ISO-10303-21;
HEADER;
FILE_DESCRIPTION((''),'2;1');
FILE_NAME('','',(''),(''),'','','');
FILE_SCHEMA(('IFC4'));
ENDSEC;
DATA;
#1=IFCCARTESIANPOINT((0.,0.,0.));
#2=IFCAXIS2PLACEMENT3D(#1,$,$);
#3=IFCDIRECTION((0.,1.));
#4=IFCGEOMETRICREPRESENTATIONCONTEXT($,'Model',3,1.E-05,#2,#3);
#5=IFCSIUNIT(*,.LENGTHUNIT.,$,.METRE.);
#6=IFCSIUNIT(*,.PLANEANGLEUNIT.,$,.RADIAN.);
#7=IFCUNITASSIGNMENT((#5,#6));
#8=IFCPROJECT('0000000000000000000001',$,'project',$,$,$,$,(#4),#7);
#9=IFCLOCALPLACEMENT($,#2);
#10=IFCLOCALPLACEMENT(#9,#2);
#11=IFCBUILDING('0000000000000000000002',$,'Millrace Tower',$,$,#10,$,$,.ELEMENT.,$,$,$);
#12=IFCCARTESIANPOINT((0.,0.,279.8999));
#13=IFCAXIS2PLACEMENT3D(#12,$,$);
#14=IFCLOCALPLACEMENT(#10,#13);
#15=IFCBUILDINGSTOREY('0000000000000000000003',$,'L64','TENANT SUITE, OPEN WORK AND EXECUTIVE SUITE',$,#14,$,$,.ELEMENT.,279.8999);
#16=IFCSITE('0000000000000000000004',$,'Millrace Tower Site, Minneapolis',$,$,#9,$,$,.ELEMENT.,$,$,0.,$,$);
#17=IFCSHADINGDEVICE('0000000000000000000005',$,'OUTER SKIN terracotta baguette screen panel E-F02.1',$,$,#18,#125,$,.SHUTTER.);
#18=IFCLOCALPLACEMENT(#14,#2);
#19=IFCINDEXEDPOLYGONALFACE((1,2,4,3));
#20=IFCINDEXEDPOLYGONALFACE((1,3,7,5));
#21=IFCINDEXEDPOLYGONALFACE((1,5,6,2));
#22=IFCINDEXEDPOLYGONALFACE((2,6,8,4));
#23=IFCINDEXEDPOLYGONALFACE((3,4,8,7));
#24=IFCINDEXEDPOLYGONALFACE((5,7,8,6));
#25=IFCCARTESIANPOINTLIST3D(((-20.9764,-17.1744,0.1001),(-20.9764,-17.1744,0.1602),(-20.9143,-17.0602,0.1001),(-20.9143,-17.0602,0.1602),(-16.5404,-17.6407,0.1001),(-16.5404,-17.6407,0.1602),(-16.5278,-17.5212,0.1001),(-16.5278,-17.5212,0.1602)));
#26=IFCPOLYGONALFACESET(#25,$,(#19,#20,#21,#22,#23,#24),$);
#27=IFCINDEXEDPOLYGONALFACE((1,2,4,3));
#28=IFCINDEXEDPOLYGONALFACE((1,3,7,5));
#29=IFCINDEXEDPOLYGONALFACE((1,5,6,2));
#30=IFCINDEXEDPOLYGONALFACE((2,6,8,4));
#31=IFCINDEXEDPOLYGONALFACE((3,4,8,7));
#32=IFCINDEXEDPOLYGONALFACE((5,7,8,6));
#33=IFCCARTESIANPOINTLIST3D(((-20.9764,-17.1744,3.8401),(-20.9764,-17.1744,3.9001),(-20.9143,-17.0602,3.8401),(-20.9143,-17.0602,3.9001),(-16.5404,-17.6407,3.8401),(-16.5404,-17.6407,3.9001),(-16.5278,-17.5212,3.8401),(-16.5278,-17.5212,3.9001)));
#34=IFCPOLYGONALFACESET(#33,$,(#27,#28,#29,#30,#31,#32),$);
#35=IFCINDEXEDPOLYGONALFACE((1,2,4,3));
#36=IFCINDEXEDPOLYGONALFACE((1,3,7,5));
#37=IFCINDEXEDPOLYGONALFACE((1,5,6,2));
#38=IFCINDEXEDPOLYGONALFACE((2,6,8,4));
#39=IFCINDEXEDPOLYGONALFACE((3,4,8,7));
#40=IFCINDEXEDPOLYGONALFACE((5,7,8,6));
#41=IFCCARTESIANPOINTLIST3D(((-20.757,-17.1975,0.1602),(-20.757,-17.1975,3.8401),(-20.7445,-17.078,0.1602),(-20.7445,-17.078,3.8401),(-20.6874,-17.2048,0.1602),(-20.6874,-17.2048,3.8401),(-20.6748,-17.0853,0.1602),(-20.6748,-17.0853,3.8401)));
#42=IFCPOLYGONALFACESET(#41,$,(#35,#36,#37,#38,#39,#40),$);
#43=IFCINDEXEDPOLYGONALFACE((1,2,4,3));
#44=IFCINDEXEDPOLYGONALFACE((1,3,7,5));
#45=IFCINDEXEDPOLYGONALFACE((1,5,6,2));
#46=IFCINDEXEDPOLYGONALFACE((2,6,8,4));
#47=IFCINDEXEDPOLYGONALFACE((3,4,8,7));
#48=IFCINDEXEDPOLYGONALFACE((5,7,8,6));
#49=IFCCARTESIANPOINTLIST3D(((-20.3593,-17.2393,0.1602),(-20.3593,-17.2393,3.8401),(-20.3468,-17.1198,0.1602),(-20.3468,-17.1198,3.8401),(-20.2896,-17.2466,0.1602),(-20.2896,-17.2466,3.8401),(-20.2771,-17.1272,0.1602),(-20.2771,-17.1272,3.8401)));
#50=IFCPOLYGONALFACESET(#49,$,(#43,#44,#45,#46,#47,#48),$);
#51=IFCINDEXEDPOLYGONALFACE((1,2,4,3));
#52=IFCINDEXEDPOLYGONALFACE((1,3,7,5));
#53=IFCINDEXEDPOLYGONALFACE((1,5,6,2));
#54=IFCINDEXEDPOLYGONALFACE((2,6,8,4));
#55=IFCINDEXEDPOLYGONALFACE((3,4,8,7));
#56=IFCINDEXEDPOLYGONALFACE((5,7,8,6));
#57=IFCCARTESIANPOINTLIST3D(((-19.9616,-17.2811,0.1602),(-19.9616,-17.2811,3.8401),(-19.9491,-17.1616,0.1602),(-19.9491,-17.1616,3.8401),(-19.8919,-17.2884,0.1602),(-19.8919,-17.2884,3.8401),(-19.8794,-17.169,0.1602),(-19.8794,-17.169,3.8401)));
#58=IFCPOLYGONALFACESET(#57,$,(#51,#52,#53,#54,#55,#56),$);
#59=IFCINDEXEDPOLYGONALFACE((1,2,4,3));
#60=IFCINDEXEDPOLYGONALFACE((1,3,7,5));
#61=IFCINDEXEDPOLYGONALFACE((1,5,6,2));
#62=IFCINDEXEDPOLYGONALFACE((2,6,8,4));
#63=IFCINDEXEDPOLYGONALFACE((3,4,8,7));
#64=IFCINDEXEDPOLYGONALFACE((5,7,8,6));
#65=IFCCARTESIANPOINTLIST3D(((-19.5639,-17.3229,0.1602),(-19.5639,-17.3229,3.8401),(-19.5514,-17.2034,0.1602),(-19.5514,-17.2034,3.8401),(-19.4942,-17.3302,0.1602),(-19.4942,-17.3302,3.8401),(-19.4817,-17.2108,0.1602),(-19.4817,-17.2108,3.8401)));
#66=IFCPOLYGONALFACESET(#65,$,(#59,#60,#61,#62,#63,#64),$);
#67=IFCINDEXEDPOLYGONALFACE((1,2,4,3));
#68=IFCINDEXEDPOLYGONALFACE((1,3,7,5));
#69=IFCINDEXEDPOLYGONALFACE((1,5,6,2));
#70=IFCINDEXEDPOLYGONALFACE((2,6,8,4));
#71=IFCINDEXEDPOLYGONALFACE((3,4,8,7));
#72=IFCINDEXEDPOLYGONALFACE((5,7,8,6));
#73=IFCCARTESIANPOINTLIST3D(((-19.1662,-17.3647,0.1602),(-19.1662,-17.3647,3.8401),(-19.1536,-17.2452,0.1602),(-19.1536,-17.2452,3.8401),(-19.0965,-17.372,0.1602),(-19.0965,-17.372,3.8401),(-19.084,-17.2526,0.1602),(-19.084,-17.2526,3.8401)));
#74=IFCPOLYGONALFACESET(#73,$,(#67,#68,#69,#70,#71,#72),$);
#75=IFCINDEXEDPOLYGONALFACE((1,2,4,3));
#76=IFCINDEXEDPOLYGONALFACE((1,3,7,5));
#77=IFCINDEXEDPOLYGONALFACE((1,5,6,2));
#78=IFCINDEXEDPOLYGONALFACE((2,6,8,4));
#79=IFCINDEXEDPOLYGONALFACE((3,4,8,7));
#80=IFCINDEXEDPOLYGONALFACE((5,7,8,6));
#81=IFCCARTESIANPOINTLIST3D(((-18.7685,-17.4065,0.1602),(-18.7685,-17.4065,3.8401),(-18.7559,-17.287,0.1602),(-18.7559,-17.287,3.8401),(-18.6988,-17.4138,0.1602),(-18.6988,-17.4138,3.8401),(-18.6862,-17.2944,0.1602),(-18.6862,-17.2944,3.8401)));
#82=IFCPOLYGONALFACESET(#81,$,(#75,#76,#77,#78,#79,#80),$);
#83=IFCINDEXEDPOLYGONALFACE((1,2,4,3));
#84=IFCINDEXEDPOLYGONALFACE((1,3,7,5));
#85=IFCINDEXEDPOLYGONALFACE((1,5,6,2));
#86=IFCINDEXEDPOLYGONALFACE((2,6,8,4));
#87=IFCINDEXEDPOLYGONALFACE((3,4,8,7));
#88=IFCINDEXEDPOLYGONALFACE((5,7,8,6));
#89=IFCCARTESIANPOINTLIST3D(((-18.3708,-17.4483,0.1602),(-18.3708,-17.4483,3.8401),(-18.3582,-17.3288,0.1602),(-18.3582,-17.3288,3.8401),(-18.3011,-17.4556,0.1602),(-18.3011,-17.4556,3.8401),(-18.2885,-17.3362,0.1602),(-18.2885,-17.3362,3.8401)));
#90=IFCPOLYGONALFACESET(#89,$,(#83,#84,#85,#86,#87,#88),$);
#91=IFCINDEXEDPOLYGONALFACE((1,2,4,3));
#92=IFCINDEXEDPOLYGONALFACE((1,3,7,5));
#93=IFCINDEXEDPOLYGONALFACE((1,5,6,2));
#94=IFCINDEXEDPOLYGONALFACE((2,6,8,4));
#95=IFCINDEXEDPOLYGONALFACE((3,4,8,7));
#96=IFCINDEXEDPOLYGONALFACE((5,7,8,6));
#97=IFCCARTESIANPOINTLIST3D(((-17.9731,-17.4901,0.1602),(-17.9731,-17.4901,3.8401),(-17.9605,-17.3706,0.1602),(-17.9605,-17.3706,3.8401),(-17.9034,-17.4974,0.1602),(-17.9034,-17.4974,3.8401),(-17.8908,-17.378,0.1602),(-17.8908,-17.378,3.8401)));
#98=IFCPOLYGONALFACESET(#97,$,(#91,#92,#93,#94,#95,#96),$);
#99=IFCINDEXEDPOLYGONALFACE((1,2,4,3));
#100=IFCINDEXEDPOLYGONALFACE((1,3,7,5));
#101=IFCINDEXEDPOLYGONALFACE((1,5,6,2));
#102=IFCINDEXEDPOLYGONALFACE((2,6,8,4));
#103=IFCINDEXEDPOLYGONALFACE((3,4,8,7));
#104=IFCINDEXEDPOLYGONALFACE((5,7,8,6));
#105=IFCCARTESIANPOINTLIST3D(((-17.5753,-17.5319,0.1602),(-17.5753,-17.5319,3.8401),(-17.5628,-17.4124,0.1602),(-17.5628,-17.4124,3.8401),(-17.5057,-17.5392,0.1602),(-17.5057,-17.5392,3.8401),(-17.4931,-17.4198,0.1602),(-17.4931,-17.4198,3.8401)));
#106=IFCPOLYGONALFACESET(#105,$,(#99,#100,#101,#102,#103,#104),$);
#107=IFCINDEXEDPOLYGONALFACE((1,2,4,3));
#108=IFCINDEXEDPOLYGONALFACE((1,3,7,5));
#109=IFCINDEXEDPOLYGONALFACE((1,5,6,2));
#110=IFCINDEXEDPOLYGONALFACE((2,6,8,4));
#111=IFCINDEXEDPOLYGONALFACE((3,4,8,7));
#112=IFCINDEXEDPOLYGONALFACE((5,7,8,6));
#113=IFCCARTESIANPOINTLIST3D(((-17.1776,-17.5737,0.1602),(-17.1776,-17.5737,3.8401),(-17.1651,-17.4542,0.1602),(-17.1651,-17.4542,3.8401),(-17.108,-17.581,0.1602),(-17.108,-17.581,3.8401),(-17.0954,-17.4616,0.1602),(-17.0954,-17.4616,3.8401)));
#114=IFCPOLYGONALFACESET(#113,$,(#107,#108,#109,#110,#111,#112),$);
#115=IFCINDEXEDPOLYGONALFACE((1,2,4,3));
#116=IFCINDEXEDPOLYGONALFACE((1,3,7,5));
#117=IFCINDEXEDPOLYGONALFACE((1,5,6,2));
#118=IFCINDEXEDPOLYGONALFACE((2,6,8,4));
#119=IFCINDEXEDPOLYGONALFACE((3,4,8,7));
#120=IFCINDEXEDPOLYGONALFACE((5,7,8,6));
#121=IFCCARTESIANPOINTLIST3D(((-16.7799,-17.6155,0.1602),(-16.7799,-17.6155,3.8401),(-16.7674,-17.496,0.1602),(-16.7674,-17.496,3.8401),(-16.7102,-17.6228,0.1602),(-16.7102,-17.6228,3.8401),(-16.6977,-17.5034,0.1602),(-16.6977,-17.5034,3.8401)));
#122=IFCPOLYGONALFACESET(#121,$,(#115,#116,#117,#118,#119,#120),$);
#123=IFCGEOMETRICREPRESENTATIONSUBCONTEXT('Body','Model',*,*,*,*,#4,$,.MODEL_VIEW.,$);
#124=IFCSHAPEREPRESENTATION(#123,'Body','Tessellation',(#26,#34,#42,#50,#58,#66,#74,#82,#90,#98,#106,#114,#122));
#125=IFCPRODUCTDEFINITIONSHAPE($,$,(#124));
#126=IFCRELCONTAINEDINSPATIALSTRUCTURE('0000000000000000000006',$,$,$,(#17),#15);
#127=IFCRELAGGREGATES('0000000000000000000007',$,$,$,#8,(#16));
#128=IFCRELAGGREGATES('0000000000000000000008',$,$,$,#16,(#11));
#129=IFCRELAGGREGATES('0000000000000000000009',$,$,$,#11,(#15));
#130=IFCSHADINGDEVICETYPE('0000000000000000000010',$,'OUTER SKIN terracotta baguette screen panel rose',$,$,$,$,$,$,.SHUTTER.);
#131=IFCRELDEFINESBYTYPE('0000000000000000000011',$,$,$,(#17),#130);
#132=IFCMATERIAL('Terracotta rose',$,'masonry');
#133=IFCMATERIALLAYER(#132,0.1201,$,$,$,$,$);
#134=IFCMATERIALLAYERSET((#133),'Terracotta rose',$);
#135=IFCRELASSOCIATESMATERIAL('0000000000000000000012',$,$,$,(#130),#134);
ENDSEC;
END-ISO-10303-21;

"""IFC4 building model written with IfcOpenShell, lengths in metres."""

from ifc_helpers import new_model, entity, si_unit, direction, frame, frame_2d, origin, place, context, subcontext, project, spatial, rectangle, extrude, source, transform, mapped, material, layer, layer_set, type_object, element, save


model = new_model("IFC4")

# Units and contexts
model_context = context("Model", 3, precision=1e-05, world=origin(), true_north=direction((0.0, 1.0)))
body_context = subcontext(model_context, "Body", "Model", "MODEL_VIEW")
ifc_project = project(units=[si_unit("LENGTHUNIT", "METRE"), si_unit("PLANEANGLEUNIT", "RADIAN")], contexts=[model_context])

# Site, building, storey
site_placement = place(None, origin())
site = spatial("IfcSite", under=ifc_project, at=site_placement, Name="Millrace Tower Site, Minneapolis", CompositionType="ELEMENT", RefElevation=0.0)
building_placement = place(site_placement, origin())
building = spatial("IfcBuilding", under=site, at=building_placement, Name="Millrace Tower", CompositionType="ELEMENT")
storey_placement = place(building_placement, frame((0.0, 0.0, 279.8999)))
storey = spatial("IfcBuildingStorey", under=building, at=storey_placement, Name="L64", Description="TENANT SUITE, OPEN WORK AND EXECUTIVE SUITE", CompositionType="ELEMENT", Elevation=279.8999)

# Shading device
ifc_material_1 = material(Name="Terracotta rose", Category="masonry")
ifc_layer_1 = layer(ifc_material_1, 0.1201)
ifc_layer_set_1 = layer_set([ifc_layer_1], Name="Terracotta rose")
shading_device_type = type_object("IfcShadingDeviceType", Name="OUTER SKIN terracotta baguette screen panel rose", PredefinedType="SHUTTER", material=ifc_layer_set_1)
cartesian_point_1 = entity("IfcCartesianPoint", [-2.1929, 0.0601])
shared_polyline_1 = entity("IfcPolyline", [cartesian_point_1, entity("IfcCartesianPoint", [2.2178, 0.0601]), entity("IfcCartesianPoint", [2.2178, -0.0601]), entity("IfcCartesianPoint", [-2.2427, -0.0601]), cartesian_point_1])
shared_shape_1 = source(origin(), body_context, "Body", "SweptSolid", [
    entity("IfcExtrudedAreaSolid", entity("IfcArbitraryClosedProfileDef", "AREA", None, shared_polyline_1), entity("IfcAxis2Placement3D", entity("IfcCartesianPoint", [0.0, 0.0, 0.0])), entity("IfcDirection", [0.0, 0.0, 1.0]), 0.0601),
    entity("IfcExtrudedAreaSolid", entity("IfcArbitraryClosedProfileDef", "AREA", None, shared_polyline_1), entity("IfcAxis2Placement3D", entity("IfcCartesianPoint", [0.0, 0.0, 3.74])), entity("IfcDirection", [0.0, 0.0, 1.0]), 0.0601),
    extrude(rectangle(XDim=0.0701, YDim=0.1201, at=frame_2d((-1.9871, 0.0))), frame((0.0, 0.0, 0.0601)), (0.0, 0.0, 1.0), 3.6799),
    extrude(rectangle(XDim=0.0701, YDim=0.1201, at=frame_2d((-1.5872, 0.0))), frame((0.0, 0.0, 0.0601)), (0.0, 0.0, 1.0), 3.6799),
    extrude(rectangle(XDim=0.0701, YDim=0.1201, at=frame_2d((-1.1873, 0.0))), frame((0.0, 0.0, 0.0601)), (0.0, 0.0, 1.0), 3.6799),
    extrude(rectangle(XDim=0.0701, YDim=0.1201, at=frame_2d((-0.7874, 0.0))), frame((0.0, 0.0, 0.0601)), (0.0, 0.0, 1.0), 3.6799),
    extrude(rectangle(XDim=0.0701, YDim=0.1201, at=frame_2d((-0.3875, 0.0))), frame((0.0, 0.0, 0.0601)), (0.0, 0.0, 1.0), 3.6799),
    extrude(rectangle(XDim=0.0701, YDim=0.1201, at=frame_2d((0.0125, 0.0))), frame((0.0, 0.0, 0.0601)), (0.0, 0.0, 1.0), 3.6799),
    extrude(rectangle(XDim=0.0701, YDim=0.1201, at=frame_2d((0.4124, 0.0))), frame((0.0, 0.0, 0.0601)), (0.0, 0.0, 1.0), 3.6799),
    extrude(rectangle(XDim=0.0701, YDim=0.1201, at=frame_2d((0.8123, 0.0))), frame((0.0, 0.0, 0.0601)), (0.0, 0.0, 1.0), 3.6799),
    extrude(rectangle(XDim=0.0701, YDim=0.1201, at=frame_2d((1.2122, 0.0))), frame((0.0, 0.0, 0.0601)), (0.0, 0.0, 1.0), 3.6799),
    extrude(rectangle(XDim=0.0701, YDim=0.1201, at=frame_2d((1.6121, 0.0))), frame((0.0, 0.0, 0.0601)), (0.0, 0.0, 1.0), 3.6799),
    extrude(rectangle(XDim=0.0701, YDim=0.1201, at=frame_2d((2.012, 0.0))), frame((0.0, 0.0, 0.0601)), (0.0, 0.0, 1.0), 3.6799),
])
shading_device_1_placement = place(storey_placement, frame((-18.7397, -17.3491, 0.1001), z_axis=(0.0, 0.0, 1.0), x_axis=(0.994522, -0.104528, 0.0)))
element("IfcShadingDevice", 1, at=shading_device_1_placement, inside=storey, type_object=shading_device_type, Name="OUTER SKIN terracotta baguette screen panel E-F02.1", PredefinedType="SHUTTER", context=body_context, shape_type="MappedRepresentation", body=[
    mapped(shared_shape_1, transform((0.0, 0.0, 0.0), scale=1.0)),
])

save(model, "model.ifc")
